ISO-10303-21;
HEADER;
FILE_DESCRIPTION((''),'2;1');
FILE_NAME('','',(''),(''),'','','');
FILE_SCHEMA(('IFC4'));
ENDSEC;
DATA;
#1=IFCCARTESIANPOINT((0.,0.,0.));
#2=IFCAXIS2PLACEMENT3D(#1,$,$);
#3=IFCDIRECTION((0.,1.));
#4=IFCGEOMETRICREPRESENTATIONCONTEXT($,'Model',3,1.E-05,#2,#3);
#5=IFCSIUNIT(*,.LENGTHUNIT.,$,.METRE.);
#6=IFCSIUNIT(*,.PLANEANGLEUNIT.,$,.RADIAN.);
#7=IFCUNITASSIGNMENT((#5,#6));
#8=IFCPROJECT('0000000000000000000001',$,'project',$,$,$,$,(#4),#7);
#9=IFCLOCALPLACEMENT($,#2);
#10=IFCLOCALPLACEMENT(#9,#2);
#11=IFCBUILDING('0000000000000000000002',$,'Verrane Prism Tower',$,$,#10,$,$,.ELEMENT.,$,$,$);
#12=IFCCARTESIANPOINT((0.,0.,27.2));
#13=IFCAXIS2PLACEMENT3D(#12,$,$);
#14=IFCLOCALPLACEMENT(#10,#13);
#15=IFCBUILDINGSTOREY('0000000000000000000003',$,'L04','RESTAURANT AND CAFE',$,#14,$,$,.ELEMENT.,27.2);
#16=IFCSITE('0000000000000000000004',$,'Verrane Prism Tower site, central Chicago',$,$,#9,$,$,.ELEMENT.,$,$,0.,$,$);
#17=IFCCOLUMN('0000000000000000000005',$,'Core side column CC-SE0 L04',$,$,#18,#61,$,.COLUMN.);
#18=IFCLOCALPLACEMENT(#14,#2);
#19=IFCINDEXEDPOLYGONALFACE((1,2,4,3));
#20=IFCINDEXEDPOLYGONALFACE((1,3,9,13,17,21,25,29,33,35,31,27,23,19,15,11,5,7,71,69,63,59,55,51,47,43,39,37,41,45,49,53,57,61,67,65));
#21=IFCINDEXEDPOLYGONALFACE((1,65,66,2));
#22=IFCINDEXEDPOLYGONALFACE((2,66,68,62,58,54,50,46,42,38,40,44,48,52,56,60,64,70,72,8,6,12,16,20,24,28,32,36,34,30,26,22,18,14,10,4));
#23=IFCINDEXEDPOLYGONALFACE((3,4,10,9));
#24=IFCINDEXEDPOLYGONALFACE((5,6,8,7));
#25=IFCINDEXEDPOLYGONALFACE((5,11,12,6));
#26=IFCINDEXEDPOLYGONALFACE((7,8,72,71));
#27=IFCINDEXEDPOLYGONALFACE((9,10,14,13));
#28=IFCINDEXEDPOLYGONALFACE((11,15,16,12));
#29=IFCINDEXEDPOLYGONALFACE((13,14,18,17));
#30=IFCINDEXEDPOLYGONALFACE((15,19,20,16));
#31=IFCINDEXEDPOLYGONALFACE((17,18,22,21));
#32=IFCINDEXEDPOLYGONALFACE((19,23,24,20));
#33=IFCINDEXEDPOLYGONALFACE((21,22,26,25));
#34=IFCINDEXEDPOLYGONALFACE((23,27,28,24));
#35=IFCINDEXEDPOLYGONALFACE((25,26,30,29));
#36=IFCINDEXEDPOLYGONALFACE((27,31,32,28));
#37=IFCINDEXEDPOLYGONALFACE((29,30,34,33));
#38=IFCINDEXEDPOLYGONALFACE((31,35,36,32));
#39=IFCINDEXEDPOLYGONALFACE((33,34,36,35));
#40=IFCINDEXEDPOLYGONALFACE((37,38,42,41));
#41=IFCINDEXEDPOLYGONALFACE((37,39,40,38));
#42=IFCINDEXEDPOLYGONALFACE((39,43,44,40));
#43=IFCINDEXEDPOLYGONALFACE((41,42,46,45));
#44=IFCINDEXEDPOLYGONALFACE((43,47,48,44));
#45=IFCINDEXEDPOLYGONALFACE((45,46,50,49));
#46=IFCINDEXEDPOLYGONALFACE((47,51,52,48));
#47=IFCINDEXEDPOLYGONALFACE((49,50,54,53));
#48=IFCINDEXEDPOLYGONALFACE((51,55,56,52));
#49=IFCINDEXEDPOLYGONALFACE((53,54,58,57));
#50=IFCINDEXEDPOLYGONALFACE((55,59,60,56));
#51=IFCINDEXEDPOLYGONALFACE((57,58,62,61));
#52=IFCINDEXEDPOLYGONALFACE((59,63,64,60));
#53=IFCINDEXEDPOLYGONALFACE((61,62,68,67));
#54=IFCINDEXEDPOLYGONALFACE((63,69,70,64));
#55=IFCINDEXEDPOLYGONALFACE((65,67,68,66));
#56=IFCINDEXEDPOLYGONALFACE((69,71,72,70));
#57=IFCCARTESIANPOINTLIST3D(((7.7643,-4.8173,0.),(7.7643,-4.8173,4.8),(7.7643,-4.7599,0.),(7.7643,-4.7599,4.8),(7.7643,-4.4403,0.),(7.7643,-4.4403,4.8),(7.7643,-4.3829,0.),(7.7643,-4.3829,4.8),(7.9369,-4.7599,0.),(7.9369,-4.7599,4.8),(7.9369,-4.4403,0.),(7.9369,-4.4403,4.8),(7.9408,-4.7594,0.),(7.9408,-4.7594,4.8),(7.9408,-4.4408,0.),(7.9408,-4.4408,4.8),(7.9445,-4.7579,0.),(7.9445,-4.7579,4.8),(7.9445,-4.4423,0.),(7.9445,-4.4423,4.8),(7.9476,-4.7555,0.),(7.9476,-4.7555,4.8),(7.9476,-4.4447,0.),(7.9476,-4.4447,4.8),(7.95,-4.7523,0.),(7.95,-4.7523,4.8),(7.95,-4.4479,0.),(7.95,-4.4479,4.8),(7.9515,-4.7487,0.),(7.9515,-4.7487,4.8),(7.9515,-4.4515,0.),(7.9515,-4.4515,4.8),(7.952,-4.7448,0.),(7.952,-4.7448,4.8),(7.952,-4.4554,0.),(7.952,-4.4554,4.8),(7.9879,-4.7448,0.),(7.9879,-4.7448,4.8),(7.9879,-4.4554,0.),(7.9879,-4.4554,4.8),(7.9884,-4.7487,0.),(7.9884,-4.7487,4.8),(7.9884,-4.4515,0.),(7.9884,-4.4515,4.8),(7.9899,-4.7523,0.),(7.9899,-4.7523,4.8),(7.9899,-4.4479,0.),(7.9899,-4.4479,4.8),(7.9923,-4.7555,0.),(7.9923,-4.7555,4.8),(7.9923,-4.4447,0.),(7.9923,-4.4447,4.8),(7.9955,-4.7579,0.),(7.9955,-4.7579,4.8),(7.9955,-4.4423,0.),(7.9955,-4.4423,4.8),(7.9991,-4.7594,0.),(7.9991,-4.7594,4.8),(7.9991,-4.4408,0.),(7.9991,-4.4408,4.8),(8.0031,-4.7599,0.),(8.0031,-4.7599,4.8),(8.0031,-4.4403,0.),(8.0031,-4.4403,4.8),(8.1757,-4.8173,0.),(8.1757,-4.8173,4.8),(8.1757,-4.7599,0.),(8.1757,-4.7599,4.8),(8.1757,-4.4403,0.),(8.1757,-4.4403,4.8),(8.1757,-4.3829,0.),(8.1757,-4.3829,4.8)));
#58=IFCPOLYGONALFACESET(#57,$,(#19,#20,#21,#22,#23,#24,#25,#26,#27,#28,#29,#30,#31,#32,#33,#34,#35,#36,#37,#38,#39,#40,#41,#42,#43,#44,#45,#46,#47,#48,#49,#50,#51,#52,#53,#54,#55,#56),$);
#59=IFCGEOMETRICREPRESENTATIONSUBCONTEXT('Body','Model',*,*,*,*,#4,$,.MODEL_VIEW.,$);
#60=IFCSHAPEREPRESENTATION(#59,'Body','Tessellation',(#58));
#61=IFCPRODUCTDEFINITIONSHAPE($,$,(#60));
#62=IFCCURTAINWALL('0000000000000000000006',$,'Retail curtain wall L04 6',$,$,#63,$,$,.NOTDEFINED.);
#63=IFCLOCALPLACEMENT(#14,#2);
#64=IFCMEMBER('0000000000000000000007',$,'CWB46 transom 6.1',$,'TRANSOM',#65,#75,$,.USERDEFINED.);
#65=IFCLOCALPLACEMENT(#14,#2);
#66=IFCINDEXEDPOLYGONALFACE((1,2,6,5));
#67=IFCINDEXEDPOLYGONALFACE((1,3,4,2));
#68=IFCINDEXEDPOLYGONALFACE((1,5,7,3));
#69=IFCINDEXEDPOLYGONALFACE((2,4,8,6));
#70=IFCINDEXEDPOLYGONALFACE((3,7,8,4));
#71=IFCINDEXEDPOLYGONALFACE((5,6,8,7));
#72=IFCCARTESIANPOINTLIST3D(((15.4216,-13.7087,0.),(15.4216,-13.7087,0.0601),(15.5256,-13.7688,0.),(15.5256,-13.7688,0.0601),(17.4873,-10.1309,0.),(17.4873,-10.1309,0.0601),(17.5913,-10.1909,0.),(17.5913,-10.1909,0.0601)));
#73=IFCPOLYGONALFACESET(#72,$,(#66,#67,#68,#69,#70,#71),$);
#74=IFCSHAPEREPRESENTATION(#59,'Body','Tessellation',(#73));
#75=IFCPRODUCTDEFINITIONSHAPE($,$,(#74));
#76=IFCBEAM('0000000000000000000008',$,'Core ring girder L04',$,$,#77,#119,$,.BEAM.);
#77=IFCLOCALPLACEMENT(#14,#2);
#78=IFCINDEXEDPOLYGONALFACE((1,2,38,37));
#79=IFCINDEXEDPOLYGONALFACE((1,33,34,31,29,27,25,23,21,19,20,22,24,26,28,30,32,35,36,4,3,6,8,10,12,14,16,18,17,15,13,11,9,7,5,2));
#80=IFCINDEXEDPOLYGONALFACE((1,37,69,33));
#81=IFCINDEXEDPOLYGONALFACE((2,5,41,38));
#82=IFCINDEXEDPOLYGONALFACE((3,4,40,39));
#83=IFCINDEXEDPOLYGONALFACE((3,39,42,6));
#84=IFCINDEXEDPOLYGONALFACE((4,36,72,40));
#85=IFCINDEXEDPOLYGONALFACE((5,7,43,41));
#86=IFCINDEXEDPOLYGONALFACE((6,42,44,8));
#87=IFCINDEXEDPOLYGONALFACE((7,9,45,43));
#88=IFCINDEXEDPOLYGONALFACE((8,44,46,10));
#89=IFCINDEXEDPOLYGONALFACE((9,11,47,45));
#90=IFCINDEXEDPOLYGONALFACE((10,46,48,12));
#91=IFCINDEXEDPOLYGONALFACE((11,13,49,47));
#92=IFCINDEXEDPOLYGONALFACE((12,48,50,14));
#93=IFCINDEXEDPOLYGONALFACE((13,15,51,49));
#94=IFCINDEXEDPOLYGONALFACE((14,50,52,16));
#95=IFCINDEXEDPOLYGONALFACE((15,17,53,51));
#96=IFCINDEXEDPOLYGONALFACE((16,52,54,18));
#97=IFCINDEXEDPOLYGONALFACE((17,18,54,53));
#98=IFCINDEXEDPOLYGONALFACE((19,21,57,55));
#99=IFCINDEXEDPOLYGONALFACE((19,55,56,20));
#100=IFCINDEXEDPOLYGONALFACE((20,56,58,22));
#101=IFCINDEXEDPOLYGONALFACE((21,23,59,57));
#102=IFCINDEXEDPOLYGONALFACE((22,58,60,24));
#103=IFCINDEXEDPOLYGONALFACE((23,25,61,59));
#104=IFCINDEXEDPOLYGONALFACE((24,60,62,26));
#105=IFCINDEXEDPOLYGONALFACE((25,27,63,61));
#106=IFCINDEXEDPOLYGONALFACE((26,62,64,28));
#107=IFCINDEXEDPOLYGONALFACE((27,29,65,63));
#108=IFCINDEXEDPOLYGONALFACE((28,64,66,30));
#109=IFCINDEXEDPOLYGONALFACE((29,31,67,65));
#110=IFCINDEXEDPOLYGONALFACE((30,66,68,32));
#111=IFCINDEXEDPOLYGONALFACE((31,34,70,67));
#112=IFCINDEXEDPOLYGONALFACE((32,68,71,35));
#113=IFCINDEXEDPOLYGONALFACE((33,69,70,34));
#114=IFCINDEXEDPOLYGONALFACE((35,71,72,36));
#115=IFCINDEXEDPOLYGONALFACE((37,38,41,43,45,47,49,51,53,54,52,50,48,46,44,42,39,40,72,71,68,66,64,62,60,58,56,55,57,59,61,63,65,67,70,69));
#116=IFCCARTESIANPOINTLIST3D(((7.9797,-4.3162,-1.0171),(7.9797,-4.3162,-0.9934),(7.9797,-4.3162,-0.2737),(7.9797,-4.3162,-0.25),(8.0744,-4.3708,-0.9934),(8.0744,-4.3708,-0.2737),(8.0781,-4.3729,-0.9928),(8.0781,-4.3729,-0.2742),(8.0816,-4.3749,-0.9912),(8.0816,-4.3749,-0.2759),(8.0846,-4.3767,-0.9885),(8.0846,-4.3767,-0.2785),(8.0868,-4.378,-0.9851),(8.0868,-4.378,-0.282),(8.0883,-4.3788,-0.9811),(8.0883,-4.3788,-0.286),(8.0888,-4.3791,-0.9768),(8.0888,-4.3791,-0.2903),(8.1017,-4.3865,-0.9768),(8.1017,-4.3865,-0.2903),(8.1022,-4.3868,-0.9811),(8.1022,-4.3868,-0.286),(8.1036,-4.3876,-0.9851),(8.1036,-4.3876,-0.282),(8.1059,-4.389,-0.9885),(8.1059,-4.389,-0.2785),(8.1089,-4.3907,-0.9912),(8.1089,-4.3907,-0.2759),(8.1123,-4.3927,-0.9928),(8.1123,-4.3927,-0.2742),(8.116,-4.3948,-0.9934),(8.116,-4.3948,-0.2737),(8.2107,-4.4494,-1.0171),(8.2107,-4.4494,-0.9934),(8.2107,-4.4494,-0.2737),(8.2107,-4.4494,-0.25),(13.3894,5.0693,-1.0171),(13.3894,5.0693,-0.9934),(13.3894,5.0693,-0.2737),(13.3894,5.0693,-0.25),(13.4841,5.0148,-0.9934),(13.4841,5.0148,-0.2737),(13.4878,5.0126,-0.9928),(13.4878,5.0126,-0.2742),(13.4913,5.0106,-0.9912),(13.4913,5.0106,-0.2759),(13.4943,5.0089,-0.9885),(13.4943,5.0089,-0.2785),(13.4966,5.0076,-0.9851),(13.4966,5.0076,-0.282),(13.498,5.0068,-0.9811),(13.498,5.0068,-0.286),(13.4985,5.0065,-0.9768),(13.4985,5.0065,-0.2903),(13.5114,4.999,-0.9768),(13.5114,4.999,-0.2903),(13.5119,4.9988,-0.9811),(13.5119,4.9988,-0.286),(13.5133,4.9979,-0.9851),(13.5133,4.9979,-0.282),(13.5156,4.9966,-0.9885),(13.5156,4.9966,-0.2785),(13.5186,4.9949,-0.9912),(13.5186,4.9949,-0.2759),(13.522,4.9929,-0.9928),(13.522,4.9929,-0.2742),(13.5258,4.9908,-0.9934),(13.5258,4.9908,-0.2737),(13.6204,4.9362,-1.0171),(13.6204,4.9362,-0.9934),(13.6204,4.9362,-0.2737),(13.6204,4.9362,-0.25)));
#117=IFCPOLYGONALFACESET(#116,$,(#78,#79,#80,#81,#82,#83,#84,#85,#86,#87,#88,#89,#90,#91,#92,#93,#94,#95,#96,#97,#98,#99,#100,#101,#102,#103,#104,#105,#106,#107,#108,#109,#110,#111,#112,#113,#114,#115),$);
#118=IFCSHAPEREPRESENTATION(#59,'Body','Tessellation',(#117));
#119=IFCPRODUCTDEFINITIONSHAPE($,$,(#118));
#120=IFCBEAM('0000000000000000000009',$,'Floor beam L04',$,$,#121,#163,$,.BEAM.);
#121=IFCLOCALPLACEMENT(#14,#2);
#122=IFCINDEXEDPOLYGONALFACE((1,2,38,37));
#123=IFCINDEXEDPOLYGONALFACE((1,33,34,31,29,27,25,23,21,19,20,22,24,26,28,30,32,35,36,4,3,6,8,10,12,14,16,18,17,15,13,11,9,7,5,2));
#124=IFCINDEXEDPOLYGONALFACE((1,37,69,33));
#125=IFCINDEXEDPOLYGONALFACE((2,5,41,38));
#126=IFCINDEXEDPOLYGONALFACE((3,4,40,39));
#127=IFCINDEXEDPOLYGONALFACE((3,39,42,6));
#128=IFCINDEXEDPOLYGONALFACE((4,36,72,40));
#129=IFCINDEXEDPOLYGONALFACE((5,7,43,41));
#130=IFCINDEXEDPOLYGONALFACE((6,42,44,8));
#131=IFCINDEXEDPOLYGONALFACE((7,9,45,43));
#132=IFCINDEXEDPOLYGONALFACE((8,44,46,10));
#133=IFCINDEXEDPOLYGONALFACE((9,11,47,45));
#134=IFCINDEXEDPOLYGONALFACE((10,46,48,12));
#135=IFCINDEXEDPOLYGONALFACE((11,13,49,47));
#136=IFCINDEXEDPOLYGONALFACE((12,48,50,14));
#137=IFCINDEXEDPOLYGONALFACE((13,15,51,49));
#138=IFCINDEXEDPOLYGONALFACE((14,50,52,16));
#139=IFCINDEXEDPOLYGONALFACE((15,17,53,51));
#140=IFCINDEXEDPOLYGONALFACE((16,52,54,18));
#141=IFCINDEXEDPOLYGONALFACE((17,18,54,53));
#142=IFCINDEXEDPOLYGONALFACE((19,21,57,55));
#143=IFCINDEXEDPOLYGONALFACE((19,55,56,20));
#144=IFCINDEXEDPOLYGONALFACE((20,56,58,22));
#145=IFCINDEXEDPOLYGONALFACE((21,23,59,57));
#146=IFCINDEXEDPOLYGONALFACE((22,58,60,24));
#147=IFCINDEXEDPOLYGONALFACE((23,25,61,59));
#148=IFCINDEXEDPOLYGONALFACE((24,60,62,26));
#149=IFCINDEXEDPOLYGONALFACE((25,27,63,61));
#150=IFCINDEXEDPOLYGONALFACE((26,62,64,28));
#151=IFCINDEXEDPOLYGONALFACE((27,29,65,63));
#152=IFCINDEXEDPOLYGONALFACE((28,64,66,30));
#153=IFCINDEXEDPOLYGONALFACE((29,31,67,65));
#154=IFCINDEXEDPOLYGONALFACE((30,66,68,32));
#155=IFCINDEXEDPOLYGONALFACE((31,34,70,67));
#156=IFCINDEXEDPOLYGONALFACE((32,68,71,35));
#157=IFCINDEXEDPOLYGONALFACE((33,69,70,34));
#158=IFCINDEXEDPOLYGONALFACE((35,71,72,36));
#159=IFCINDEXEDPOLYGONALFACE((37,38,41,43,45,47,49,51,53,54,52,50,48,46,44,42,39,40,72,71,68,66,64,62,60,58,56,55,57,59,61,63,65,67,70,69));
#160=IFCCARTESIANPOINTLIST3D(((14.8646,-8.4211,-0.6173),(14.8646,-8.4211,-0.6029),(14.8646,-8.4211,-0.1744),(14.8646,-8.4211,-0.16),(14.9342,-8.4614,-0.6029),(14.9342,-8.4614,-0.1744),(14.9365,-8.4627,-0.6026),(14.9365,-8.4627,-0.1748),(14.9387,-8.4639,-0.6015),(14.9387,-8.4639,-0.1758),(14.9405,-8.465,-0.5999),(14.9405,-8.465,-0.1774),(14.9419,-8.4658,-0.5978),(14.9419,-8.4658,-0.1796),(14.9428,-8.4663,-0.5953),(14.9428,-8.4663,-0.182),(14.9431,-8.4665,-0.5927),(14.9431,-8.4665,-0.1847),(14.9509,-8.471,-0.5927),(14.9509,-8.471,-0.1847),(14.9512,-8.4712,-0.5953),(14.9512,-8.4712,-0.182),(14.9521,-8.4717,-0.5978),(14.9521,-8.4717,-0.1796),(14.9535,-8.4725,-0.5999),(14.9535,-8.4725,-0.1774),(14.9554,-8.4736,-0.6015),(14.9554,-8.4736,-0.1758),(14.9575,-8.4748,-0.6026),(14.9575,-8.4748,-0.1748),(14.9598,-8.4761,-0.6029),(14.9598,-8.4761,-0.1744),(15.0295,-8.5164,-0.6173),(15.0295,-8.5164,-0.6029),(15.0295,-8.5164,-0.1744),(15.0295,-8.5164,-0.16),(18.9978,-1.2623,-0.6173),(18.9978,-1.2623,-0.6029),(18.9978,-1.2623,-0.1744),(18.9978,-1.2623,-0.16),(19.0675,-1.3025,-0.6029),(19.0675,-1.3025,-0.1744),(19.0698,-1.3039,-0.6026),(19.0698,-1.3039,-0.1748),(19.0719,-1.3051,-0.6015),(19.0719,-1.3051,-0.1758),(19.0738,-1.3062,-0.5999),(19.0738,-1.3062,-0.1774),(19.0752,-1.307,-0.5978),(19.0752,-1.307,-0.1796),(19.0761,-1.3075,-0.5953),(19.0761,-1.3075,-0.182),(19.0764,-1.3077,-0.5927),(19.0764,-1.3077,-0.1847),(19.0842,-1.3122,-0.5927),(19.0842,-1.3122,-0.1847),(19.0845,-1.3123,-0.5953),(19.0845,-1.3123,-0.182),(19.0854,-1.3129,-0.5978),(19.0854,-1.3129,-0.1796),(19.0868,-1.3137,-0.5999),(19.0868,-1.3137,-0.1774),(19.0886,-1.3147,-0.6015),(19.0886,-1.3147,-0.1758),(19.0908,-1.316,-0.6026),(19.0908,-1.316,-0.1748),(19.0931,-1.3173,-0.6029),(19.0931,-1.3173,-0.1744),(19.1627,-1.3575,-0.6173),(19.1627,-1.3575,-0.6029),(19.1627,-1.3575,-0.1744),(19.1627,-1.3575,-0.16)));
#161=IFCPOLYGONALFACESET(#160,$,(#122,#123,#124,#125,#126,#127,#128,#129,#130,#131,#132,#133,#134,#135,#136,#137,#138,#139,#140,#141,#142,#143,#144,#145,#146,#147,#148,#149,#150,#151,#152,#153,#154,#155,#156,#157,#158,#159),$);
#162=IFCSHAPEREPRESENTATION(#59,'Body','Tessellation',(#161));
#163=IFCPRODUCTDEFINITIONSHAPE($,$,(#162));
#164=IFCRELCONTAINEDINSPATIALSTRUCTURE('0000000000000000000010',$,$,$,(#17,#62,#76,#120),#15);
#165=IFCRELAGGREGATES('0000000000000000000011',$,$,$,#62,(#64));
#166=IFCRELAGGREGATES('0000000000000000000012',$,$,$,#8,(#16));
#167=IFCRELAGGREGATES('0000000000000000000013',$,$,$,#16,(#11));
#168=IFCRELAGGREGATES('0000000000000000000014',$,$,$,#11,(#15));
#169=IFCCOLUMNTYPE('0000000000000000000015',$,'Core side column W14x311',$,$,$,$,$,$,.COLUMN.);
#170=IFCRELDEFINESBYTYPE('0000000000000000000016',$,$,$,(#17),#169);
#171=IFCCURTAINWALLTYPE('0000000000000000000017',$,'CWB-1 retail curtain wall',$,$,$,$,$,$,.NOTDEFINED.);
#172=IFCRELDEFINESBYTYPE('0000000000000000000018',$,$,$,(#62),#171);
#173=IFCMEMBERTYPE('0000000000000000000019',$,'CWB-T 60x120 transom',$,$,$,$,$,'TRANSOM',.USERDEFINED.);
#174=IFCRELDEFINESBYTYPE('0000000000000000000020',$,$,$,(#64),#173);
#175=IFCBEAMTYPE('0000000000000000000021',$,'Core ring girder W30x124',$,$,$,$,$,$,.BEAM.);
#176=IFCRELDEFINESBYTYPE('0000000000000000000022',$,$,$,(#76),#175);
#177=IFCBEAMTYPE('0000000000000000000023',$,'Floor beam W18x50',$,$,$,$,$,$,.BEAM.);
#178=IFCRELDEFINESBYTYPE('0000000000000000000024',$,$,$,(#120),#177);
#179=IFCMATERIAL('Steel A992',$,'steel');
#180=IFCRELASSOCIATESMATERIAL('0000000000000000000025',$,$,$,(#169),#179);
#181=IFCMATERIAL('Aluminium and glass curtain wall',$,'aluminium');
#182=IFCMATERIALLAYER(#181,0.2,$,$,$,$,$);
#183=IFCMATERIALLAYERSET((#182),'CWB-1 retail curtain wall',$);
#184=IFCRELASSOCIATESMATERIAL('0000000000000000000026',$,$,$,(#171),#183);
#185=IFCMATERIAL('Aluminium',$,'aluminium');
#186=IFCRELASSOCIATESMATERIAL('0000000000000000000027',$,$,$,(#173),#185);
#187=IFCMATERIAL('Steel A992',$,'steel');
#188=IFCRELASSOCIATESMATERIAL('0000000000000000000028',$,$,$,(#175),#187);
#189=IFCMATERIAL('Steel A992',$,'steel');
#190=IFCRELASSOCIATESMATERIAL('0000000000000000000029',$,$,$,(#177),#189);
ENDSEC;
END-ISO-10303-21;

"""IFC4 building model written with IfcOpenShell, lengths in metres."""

from ifc_helpers import new_model, si_unit, direction, frame, origin, origin_2d, place, context, subcontext, project, spatial, rectangle, i_section, extrude, material, layer, layer_set, material_profile, profile_set, type_object, element, aggregate, save


model = new_model("IFC4")

# Units and contexts
model_context = context("Model", 3, precision=1e-05, world=origin(), true_north=direction((0.0, 1.0)))
body_context = subcontext(model_context, "Body", "Model", "MODEL_VIEW")
ifc_project = project(units=[si_unit("LENGTHUNIT", "METRE"), si_unit("PLANEANGLEUNIT", "RADIAN")], contexts=[model_context])

# Site, building, storey
site_placement = place(None, origin())
site = spatial("IfcSite", under=ifc_project, at=site_placement, Name="Verrane Prism Tower site, central Chicago", CompositionType="ELEMENT", RefElevation=0.0)
building_placement = place(site_placement, origin())
building = spatial("IfcBuilding", under=site, at=building_placement, Name="Verrane Prism Tower", CompositionType="ELEMENT")
storey_placement = place(building_placement, frame((0.0, 0.0, 27.2)))
storey = spatial("IfcBuildingStorey", under=building, at=storey_placement, Name="L04", Description="RESTAURANT AND CAFE", CompositionType="ELEMENT", Elevation=27.2)

# Column
ifc_material_1 = material(Name="Steel A992", Category="steel")
ifc_material_profile_1 = material_profile(ifc_material_1, i_section(OverallWidth=0.4114, OverallDepth=0.4343, WebThickness=0.0359, FlangeThickness=0.0574, FilletRadius=0.0151, at=origin_2d()), Name="W14x311")
ifc_profile_set_1 = profile_set([ifc_material_profile_1], Name="Steel A992")
column_type = type_object("IfcColumnType", Name="Core side column W14x311", PredefinedType="COLUMN", material=ifc_profile_set_1)
column_placement = place(storey_placement, frame((7.97, -4.6001, 0.0), z_axis=(0.0, 0.0, 1.0), x_axis=(1.0, 0.0, 0.0)))
element("IfcColumn", 1, at=column_placement, inside=storey, type_object=column_type, Name="Core side column CC-SE0 L04", PredefinedType="COLUMN", context=body_context, shape_type="SweptSolid", body=[
    extrude(i_section(OverallWidth=0.4114, OverallDepth=0.4343, WebThickness=0.0359, FlangeThickness=0.0574, FilletRadius=0.0151, at=origin_2d()), origin(), (0.0, 0.0, 1.0), 4.8),
])

# Curtain wall, member
ifc_material_2 = material(Name="Aluminium and glass curtain wall", Category="aluminium")
ifc_layer_1 = layer(ifc_material_2, 0.2)
ifc_layer_set_1 = layer_set([ifc_layer_1], Name="CWB-1 retail curtain wall")
curtain_wall_type = type_object("IfcCurtainWallType", Name="CWB-1 retail curtain wall", PredefinedType="NOTDEFINED", material=ifc_layer_set_1)
curtain_wall_placement = place(storey_placement, origin())
curtain_wall = element("IfcCurtainWall", 2, at=curtain_wall_placement, inside=storey, type_object=curtain_wall_type, Name="Retail curtain wall L04 6", PredefinedType="NOTDEFINED")
ifc_material_3 = material(Name="Aluminium", Category="aluminium")
ifc_material_profile_2 = material_profile(ifc_material_3, rectangle(XDim=0.1201, YDim=0.0601, at=origin_2d()), Name="CWB-T 60x120 transom")
ifc_profile_set_2 = profile_set([ifc_material_profile_2], Name="Aluminium")
member_type = type_object("IfcMemberType", Name="CWB-T 60x120 transom", ElementType="TRANSOM", PredefinedType="USERDEFINED", material=ifc_profile_set_2)
member_placement = place(storey_placement, frame((15.4736, -13.7388, 0.03), z_axis=(0.499997, 0.866027, 0.0), x_axis=(-0.866027, 0.499997, 0.0)))
member = element("IfcMember", 3, at=member_placement, type_object=member_type, Name="CWB46 transom 6.1", ObjectType="TRANSOM", PredefinedType="USERDEFINED", context=body_context, shape_type="SweptSolid", body=[
    extrude(rectangle(XDim=0.1201, YDim=0.0601, at=origin_2d()), origin(), (0.0, 0.0, 1.0), 4.1313),
])
aggregate(curtain_wall, [member])

# Beams
ifc_material_4 = material(Name="Steel A992", Category="steel")
ifc_material_profile_3 = material_profile(ifc_material_4, i_section(OverallWidth=0.2666, OverallDepth=0.7671, WebThickness=0.0149, FlangeThickness=0.0237, FilletRadius=0.0166, at=origin_2d()), Name="W30x124")
ifc_profile_set_3 = profile_set([ifc_material_profile_3], Name="Steel A992")
beam_type_1 = type_object("IfcBeamType", Name="Core ring girder W30x124", PredefinedType="BEAM", material=ifc_profile_set_3)
beam_1_placement = place(storey_placement, frame((8.0952, -4.3828, -0.6335), z_axis=(0.499373, 0.866387, 0.0), x_axis=(-0.866387, 0.499373, 0.0)))
element("IfcBeam", 4, at=beam_1_placement, inside=storey, type_object=beam_type_1, Name="Core ring girder L04", PredefinedType="BEAM", context=body_context, shape_type="SweptSolid", body=[
    extrude(i_section(OverallWidth=0.2666, OverallDepth=0.7671, WebThickness=0.0149, FlangeThickness=0.0237, FilletRadius=0.0166, at=origin_2d()), origin(), (0.0, 0.0, 1.0), 10.833),
])
ifc_material_5 = material(Name="Steel A992", Category="steel")
ifc_material_profile_4 = material_profile(ifc_material_5, i_section(OverallWidth=0.1904, OverallDepth=0.4573, WebThickness=0.009, FlangeThickness=0.0144, FilletRadius=0.0103, at=origin_2d()), Name="W18x50")
ifc_profile_set_4 = profile_set([ifc_material_profile_4], Name="Steel A992")
beam_type_2 = type_object("IfcBeamType", Name="Floor beam W18x50", PredefinedType="BEAM", material=ifc_profile_set_4)
beam_2_placement = place(storey_placement, frame((14.947, -8.4688, -0.3887), z_axis=(0.500008, 0.866021, 0.0), x_axis=(-0.866021, 0.500008, 0.0)))
element("IfcBeam", 5, at=beam_2_placement, inside=storey, type_object=beam_type_2, Name="Floor beam L04", PredefinedType="BEAM", context=body_context, shape_type="SweptSolid", body=[
    extrude(i_section(OverallWidth=0.1904, OverallDepth=0.4573, WebThickness=0.009, FlangeThickness=0.0144, FilletRadius=0.0103, at=origin_2d()), origin(), (0.0, 0.0, 1.0), 8.2664),
])

save(model, "model.ifc")
